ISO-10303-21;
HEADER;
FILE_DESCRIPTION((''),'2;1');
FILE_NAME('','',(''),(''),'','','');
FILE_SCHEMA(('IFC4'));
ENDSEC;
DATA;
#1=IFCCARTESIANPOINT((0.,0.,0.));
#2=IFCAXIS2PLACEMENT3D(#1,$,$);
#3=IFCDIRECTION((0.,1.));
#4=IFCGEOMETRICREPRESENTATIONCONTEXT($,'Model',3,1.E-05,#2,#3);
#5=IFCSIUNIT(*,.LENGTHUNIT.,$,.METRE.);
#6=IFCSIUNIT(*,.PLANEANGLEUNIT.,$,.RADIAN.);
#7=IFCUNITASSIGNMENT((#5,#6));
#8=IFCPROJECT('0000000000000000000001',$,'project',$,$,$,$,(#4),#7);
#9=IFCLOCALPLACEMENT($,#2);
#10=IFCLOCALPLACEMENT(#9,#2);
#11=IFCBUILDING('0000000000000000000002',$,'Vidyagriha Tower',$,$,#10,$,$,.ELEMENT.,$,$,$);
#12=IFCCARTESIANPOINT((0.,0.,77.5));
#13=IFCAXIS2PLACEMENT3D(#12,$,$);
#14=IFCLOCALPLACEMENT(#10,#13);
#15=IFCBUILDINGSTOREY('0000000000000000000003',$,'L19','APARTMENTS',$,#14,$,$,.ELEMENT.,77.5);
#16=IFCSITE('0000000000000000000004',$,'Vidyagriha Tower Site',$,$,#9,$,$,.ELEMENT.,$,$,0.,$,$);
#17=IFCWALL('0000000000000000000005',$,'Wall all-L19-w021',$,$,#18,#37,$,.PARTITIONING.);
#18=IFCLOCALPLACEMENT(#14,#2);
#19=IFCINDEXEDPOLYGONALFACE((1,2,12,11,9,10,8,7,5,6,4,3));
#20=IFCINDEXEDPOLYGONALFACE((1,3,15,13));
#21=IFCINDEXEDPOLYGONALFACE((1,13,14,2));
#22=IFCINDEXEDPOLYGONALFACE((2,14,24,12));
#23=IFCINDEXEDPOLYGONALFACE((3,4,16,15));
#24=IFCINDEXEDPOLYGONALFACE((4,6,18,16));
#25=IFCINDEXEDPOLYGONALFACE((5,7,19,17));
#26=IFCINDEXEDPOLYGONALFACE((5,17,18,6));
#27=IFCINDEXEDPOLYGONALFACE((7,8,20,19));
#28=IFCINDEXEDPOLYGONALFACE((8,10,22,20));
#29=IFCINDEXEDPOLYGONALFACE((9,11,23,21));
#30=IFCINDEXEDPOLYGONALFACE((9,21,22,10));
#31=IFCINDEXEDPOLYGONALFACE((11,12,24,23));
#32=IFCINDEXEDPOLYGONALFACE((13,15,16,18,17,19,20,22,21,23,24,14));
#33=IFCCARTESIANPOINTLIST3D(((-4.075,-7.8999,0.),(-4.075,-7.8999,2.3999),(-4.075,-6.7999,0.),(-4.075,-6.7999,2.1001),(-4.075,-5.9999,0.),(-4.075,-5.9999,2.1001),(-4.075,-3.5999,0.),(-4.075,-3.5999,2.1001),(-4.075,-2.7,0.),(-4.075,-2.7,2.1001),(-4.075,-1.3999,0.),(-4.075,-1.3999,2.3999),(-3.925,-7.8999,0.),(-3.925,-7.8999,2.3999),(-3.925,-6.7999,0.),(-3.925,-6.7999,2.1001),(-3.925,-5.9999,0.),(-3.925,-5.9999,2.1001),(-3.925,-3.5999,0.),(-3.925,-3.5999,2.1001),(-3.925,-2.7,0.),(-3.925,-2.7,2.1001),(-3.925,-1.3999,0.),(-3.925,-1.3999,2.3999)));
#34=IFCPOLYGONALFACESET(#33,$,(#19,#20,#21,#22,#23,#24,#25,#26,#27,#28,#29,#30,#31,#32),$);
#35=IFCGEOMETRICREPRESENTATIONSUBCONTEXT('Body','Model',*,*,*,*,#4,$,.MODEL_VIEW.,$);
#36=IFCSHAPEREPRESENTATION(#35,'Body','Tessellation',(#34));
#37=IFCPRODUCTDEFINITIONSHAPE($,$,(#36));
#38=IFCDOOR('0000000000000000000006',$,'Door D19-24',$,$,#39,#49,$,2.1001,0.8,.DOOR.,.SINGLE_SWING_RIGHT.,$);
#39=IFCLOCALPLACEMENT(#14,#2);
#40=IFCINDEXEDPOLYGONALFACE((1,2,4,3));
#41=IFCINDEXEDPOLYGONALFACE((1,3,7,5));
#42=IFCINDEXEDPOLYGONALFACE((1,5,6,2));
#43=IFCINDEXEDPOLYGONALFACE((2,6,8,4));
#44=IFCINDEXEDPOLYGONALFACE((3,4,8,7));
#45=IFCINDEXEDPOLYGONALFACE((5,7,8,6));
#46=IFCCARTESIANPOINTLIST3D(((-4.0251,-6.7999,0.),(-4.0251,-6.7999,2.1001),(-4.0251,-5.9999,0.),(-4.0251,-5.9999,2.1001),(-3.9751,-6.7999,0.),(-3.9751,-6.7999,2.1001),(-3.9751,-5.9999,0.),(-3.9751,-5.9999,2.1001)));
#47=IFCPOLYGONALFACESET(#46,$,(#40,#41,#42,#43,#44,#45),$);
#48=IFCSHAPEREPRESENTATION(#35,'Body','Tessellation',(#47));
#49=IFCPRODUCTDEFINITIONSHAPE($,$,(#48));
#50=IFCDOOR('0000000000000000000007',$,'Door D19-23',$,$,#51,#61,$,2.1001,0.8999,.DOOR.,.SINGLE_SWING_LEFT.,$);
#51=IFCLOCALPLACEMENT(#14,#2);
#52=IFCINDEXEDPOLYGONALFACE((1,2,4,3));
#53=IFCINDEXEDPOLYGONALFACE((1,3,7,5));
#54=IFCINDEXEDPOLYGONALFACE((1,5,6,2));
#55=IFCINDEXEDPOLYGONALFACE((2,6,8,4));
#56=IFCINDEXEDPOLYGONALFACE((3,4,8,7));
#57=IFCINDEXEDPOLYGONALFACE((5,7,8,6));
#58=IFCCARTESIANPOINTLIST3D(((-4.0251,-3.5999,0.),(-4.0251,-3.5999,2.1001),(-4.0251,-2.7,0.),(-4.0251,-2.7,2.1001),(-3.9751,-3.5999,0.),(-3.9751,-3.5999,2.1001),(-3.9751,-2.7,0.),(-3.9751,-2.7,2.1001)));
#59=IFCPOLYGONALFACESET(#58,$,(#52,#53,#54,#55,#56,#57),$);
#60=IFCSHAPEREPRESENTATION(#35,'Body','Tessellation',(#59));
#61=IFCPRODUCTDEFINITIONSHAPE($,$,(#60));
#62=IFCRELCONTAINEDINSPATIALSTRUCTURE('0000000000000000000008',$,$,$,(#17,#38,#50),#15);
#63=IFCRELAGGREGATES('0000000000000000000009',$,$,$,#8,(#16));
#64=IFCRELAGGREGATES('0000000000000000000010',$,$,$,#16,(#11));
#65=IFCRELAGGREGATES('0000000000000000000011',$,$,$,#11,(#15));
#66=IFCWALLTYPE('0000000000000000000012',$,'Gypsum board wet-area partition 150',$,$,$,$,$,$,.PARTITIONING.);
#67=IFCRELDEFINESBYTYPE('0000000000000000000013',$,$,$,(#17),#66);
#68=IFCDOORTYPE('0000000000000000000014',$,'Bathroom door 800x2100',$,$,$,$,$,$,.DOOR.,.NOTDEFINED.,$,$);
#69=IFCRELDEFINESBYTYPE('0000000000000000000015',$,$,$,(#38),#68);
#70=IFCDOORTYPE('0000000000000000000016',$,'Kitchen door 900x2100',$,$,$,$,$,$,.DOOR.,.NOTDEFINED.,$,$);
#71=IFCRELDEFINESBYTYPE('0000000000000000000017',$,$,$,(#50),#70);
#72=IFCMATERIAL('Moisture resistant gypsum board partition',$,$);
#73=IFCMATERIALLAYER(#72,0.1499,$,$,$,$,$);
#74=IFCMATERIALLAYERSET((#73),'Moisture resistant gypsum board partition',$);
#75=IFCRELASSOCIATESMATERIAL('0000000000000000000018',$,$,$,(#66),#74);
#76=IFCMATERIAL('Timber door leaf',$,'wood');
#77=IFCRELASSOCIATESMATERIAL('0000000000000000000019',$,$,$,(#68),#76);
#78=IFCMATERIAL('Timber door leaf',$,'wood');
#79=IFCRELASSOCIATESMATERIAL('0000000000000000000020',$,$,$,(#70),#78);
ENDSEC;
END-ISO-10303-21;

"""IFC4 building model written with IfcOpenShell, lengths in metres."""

from ifc_helpers import new_model, si_unit, direction, frame, frame_2d, origin, place, context, subcontext, project, spatial, rectangle, extrude, material, layer, layer_set, type_object, element, fill, save


model = new_model("IFC4")

# Units and contexts
model_context = context("Model", 3, precision=1e-05, world=origin(), true_north=direction((0.0, 1.0)))
body_context = subcontext(model_context, "Body", "Model", "MODEL_VIEW")
ifc_project = project(units=[si_unit("LENGTHUNIT", "METRE"), si_unit("PLANEANGLEUNIT", "RADIAN")], contexts=[model_context])

# Site, building, storey
site_placement = place(None, origin())
site = spatial("IfcSite", under=ifc_project, at=site_placement, Name="Vidyagriha Tower Site", CompositionType="ELEMENT", RefElevation=0.0)
building_placement = place(site_placement, origin())
building = spatial("IfcBuilding", under=site, at=building_placement, Name="Vidyagriha Tower", CompositionType="ELEMENT")
storey_placement = place(building_placement, frame((0.0, 0.0, 77.5)))
storey = spatial("IfcBuildingStorey", under=building, at=storey_placement, Name="L19", Description="APARTMENTS", CompositionType="ELEMENT", Elevation=77.5)

# Wall, openings, doors
ifc_material_1 = material(Name="Moisture resistant gypsum board partition")
ifc_layer_1 = layer(ifc_material_1, 0.1499)
ifc_layer_set_1 = layer_set([ifc_layer_1], Name="Moisture resistant gypsum board partition")
wall_type_1 = type_object("IfcWallType", Name="Gypsum board wet-area partition 150", PredefinedType="PARTITIONING", material=ifc_layer_set_1)
ifc_material_2 = material(Name="Timber door leaf", Category="wood")
door_type_1 = type_object("IfcDoorType", Name="Bathroom door 800x2100", OperationType="NOTDEFINED", PredefinedType="DOOR", material=ifc_material_2)
ifc_material_3 = material(Name="Timber door leaf", Category="wood")
door_type_2 = type_object("IfcDoorType", Name="Kitchen door 900x2100", OperationType="NOTDEFINED", PredefinedType="DOOR", material=ifc_material_3)
wall_1_placement = place(storey_placement, frame((-4.0, -1.3999, 0.0), z_axis=(0.0, 0.0, 1.0), x_axis=(0.0, -1.0, 0.0)))
wall_1 = element("IfcWall", 1, at=wall_1_placement, inside=storey, type_object=wall_type_1, Name="Wall all-L19-w021", PredefinedType="PARTITIONING", context=body_context, shape_type="SweptSolid", body=[
    extrude(rectangle(XDim=6.5, YDim=0.1499, at=frame_2d((3.25, 0.0))), origin(), (0.0, 0.0, 1.0), 2.3999),
])
opening_1_placement = place(wall_1_placement, frame((1.3, 0.0, 0.0)))
opening_1 = element("IfcOpeningElement", 2, at=opening_1_placement, cuts=wall_1, PredefinedType="OPENING", context=body_context, shape_type="SweptSolid", body=[
    extrude(rectangle(XDim=0.8999, YDim=2.1001, at=frame_2d((0.45, 1.05))), frame((0.0, 0.085, 0.0), z_axis=(0.0, -1.0, 0.0), x_axis=(1.0, 0.0, 0.0)), (0.0, 0.0, 1.0), 0.1699),
])
opening_2_placement = place(wall_1_placement, frame((4.6001, 0.0, 0.0)))
opening_2 = element("IfcOpeningElement", 3, at=opening_2_placement, cuts=wall_1, PredefinedType="OPENING", context=body_context, shape_type="SweptSolid", body=[
    extrude(rectangle(XDim=0.8, YDim=2.1001, at=frame_2d((0.3999, 1.05))), frame((0.0, 0.085, 0.0), z_axis=(0.0, -1.0, 0.0), x_axis=(1.0, 0.0, 0.0)), (0.0, 0.0, 1.0), 0.1699),
])
door_1_placement = place(opening_2_placement, origin())
door_1 = element("IfcDoor", 4, at=door_1_placement, inside=storey, type_object=door_type_1, Name="Door D19-24", OperationType="SINGLE_SWING_RIGHT", OverallHeight=2.1001, OverallWidth=0.8, PredefinedType="DOOR", context=body_context, shape_type="SweptSolid", body=[
    extrude(rectangle(XDim=0.8, YDim=2.1001, at=frame_2d((0.3999, 1.05))), frame((0.0, 0.0249, 0.0), z_axis=(0.0, -1.0, 0.0), x_axis=(1.0, 0.0, 0.0)), (0.0, 0.0, 1.0), 0.05),
])
fill(opening_2, door_1)
door_2_placement = place(opening_1_placement, origin())
door_2 = element("IfcDoor", 5, at=door_2_placement, inside=storey, type_object=door_type_2, Name="Door D19-23", OperationType="SINGLE_SWING_LEFT", OverallHeight=2.1001, OverallWidth=0.8999, PredefinedType="DOOR", context=body_context, shape_type="SweptSolid", body=[
    extrude(rectangle(XDim=0.8999, YDim=2.1001, at=frame_2d((0.45, 1.05))), frame((0.0, 0.0249, 0.0), z_axis=(0.0, -1.0, 0.0), x_axis=(1.0, 0.0, 0.0)), (0.0, 0.0, 1.0), 0.05),
])
fill(opening_1, door_2)

save(model, "model.ifc")
